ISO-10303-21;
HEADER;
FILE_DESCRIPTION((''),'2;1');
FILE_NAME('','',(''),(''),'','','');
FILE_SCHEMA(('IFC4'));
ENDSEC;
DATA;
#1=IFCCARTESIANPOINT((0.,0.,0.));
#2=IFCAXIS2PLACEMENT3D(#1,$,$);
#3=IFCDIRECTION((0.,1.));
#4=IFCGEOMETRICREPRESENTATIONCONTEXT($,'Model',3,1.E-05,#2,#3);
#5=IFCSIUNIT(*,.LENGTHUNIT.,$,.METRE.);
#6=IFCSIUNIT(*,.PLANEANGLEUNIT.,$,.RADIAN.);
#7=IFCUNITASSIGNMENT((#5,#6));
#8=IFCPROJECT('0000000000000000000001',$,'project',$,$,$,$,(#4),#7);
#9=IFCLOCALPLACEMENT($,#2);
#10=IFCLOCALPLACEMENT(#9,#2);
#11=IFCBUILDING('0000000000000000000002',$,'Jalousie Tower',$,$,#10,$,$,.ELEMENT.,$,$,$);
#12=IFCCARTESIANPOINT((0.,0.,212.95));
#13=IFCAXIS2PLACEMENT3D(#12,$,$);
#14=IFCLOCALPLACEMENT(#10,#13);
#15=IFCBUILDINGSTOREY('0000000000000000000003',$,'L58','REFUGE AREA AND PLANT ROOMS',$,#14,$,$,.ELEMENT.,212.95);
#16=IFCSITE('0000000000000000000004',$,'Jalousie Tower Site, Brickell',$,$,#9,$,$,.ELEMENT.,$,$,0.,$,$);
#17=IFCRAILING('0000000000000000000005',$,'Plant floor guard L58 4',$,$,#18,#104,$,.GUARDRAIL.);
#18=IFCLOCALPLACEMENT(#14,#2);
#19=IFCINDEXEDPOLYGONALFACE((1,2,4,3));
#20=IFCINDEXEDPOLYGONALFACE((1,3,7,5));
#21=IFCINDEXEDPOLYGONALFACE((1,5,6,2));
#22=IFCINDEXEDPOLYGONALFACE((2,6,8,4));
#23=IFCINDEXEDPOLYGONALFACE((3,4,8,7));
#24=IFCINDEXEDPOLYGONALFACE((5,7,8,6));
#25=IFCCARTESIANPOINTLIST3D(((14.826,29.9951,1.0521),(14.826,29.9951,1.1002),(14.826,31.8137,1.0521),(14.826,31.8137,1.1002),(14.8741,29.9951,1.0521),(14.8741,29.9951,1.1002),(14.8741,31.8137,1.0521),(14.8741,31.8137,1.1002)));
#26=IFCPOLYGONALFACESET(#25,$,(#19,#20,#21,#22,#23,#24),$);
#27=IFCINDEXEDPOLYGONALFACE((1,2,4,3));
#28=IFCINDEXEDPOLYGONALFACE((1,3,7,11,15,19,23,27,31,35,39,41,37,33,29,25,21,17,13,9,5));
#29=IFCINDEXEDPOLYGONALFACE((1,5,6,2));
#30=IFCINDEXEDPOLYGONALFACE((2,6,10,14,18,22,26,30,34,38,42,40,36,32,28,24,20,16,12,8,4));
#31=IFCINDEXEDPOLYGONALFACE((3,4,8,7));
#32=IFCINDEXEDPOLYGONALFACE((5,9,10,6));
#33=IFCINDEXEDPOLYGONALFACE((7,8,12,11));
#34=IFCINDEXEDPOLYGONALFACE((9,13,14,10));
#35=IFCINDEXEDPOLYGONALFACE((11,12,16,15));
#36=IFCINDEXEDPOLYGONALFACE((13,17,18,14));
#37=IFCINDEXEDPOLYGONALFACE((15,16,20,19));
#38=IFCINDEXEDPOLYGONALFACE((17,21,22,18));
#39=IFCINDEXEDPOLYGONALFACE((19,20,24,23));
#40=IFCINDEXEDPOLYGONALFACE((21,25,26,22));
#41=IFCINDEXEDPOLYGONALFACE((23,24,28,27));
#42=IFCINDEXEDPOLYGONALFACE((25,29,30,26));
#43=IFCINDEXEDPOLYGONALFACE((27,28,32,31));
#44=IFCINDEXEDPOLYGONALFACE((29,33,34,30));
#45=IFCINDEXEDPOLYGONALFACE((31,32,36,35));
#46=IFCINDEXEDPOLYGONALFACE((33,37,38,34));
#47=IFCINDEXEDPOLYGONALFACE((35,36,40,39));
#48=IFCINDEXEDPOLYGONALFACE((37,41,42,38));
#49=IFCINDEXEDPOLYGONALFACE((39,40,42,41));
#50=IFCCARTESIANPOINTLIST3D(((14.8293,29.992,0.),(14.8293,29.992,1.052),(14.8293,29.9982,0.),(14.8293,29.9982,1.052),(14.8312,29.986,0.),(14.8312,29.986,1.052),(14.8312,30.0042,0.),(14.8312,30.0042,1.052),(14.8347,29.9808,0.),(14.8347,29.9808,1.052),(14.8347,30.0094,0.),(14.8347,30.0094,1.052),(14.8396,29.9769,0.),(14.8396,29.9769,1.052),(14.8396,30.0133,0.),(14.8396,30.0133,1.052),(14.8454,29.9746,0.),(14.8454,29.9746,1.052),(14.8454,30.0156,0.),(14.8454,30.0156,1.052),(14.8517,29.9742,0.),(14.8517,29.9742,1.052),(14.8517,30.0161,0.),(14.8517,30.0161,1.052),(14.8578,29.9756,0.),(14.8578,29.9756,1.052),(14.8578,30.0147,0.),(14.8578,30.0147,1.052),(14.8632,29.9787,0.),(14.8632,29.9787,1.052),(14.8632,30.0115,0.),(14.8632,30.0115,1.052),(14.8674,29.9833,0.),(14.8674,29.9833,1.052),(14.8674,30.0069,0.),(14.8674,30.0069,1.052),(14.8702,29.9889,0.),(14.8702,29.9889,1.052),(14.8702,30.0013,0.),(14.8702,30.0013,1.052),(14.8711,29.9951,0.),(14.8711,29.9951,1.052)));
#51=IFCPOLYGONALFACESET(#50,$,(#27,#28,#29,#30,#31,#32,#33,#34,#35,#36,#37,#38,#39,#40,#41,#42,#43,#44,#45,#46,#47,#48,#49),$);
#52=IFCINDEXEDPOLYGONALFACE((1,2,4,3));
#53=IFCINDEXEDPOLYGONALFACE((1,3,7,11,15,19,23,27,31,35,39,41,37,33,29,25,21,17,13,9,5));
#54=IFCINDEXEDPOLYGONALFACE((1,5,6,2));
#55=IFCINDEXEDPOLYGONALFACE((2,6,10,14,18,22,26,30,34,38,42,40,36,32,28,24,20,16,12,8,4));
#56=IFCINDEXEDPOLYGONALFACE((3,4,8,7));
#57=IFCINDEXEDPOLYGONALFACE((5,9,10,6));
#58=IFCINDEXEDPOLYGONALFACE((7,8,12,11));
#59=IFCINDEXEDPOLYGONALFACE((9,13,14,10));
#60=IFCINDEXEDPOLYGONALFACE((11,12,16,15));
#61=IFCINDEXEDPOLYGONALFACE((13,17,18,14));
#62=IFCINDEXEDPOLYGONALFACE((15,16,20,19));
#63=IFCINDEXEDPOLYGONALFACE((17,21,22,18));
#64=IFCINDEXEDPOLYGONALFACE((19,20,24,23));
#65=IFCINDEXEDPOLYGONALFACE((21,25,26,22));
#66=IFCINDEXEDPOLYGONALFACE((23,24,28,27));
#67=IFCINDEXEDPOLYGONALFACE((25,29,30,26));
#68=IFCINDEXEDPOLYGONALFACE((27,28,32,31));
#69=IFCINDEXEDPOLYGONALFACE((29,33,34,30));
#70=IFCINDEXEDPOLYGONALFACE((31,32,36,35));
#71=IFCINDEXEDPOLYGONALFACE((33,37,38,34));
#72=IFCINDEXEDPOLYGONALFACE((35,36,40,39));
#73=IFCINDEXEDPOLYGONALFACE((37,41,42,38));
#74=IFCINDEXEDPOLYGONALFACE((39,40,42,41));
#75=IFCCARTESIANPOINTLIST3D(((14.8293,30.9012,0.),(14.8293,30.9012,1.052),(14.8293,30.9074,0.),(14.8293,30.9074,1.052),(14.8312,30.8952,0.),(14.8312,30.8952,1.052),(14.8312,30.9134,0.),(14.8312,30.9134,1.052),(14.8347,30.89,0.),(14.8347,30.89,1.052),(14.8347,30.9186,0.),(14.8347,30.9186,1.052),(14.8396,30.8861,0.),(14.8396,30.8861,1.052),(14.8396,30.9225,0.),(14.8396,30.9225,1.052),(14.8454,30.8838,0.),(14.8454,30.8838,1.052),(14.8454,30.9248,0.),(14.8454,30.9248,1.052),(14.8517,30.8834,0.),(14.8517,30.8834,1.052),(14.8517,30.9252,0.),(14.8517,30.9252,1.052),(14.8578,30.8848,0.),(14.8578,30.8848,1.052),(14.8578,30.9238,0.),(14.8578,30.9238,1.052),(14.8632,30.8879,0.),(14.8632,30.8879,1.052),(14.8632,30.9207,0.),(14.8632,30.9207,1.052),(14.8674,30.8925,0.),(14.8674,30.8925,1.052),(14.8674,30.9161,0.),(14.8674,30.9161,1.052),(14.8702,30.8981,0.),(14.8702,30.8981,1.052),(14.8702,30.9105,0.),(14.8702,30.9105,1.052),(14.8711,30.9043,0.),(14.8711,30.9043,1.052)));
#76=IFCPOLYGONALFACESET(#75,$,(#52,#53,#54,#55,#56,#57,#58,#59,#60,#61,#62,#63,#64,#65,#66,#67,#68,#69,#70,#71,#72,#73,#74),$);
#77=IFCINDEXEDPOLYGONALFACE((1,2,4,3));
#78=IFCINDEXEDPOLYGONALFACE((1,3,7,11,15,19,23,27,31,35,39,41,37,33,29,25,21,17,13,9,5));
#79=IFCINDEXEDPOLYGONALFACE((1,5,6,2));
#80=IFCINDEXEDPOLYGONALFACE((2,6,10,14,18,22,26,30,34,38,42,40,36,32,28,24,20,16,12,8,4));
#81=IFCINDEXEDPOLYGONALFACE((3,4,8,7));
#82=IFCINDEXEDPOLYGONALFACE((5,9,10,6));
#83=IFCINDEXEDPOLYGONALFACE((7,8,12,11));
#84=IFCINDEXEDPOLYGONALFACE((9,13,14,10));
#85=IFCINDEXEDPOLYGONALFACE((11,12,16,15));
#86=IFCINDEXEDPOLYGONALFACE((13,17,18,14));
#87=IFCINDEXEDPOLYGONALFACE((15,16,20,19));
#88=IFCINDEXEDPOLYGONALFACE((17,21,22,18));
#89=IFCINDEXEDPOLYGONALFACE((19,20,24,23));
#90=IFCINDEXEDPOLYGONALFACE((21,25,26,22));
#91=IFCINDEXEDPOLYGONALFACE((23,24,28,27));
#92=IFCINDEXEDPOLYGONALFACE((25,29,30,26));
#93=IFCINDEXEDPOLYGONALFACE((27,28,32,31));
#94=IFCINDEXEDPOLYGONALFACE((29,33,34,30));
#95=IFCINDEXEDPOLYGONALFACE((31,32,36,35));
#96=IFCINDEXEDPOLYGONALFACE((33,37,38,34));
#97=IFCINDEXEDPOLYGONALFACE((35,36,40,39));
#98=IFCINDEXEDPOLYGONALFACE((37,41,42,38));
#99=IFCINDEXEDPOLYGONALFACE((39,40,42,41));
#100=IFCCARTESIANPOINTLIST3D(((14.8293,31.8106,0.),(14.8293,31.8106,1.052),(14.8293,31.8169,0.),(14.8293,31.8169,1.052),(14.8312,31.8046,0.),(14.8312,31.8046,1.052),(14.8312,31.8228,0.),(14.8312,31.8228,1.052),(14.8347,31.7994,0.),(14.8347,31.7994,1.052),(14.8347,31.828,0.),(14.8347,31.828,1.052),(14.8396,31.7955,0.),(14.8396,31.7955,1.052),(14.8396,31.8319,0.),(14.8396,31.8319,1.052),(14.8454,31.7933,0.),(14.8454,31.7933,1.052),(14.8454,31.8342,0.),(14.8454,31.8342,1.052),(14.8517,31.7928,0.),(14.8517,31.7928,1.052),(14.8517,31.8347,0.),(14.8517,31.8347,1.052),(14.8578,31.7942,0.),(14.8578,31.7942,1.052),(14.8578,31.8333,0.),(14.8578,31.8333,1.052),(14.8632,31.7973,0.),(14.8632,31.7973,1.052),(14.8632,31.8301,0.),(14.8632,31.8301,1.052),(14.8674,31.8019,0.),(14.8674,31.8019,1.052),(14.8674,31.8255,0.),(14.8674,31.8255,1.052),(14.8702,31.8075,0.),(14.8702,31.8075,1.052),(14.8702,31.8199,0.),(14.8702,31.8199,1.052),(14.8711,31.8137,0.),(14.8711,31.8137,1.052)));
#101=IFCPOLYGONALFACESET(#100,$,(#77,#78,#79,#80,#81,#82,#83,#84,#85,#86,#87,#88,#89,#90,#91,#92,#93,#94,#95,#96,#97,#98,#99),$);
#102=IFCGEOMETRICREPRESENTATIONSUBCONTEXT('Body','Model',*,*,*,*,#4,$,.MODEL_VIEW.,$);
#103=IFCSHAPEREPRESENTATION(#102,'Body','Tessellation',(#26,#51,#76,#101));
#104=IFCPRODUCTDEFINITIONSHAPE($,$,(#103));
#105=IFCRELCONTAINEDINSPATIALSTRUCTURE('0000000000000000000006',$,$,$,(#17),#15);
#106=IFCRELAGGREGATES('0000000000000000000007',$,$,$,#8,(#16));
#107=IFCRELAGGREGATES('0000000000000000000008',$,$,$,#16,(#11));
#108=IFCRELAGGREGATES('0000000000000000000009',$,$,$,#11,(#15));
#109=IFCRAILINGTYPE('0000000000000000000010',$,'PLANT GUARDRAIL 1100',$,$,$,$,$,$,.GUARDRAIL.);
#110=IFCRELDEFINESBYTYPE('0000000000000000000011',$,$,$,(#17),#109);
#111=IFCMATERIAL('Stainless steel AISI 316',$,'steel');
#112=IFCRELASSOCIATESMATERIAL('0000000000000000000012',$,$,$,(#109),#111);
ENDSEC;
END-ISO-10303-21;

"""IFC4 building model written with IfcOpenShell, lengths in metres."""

from ifc_helpers import new_model, si_unit, direction, frame, origin, origin_2d, place, context, subcontext, project, spatial, rectangle, circle, extrude, material, type_object, element, save


model = new_model("IFC4")

# Units and contexts
model_context = context("Model", 3, precision=1e-05, world=origin(), true_north=direction((0.0, 1.0)))
body_context = subcontext(model_context, "Body", "Model", "MODEL_VIEW")
ifc_project = project(units=[si_unit("LENGTHUNIT", "METRE"), si_unit("PLANEANGLEUNIT", "RADIAN")], contexts=[model_context])

# Site, building, storey
site_placement = place(None, origin())
site = spatial("IfcSite", under=ifc_project, at=site_placement, Name="Jalousie Tower Site, Brickell", CompositionType="ELEMENT", RefElevation=0.0)
building_placement = place(site_placement, origin())
building = spatial("IfcBuilding", under=site, at=building_placement, Name="Jalousie Tower", CompositionType="ELEMENT")
storey_placement = place(building_placement, frame((0.0, 0.0, 212.95)))
storey = spatial("IfcBuildingStorey", under=building, at=storey_placement, Name="L58", Description="REFUGE AREA AND PLANT ROOMS", CompositionType="ELEMENT", Elevation=212.95)

# Railing
ifc_material_1 = material(Name="Stainless steel AISI 316", Category="steel")
railing_type = type_object("IfcRailingType", Name="PLANT GUARDRAIL 1100", PredefinedType="GUARDRAIL", material=ifc_material_1)
railing_1_placement = place(storey_placement, frame((14.8501, 29.9951, 0.0)))
element("IfcRailing", 1, at=railing_1_placement, inside=storey, type_object=railing_type, Name="Plant floor guard L58 4", PredefinedType="GUARDRAIL", context=body_context, shape_type="SweptSolid", body=[
    extrude(rectangle(XDim=0.0481, YDim=0.0481, at=origin_2d()), frame((0.0, 0.0, 1.0762), z_axis=(0.0, 1.0, 0.0), x_axis=(-1.0, 0.0, 0.0)), (0.0, 0.0, 1.0), 1.8186),
    extrude(circle(Radius=0.021, at=origin_2d()), origin(), (0.0, 0.0, 1.0), 1.052),
    extrude(circle(Radius=0.021, at=origin_2d()), frame((0.0, 0.9092, 0.0)), (0.0, 0.0, 1.0), 1.052),
    extrude(circle(Radius=0.021, at=origin_2d()), frame((0.0, 1.8186, 0.0)), (0.0, 0.0, 1.0), 1.052),
])

save(model, "model.ifc")
